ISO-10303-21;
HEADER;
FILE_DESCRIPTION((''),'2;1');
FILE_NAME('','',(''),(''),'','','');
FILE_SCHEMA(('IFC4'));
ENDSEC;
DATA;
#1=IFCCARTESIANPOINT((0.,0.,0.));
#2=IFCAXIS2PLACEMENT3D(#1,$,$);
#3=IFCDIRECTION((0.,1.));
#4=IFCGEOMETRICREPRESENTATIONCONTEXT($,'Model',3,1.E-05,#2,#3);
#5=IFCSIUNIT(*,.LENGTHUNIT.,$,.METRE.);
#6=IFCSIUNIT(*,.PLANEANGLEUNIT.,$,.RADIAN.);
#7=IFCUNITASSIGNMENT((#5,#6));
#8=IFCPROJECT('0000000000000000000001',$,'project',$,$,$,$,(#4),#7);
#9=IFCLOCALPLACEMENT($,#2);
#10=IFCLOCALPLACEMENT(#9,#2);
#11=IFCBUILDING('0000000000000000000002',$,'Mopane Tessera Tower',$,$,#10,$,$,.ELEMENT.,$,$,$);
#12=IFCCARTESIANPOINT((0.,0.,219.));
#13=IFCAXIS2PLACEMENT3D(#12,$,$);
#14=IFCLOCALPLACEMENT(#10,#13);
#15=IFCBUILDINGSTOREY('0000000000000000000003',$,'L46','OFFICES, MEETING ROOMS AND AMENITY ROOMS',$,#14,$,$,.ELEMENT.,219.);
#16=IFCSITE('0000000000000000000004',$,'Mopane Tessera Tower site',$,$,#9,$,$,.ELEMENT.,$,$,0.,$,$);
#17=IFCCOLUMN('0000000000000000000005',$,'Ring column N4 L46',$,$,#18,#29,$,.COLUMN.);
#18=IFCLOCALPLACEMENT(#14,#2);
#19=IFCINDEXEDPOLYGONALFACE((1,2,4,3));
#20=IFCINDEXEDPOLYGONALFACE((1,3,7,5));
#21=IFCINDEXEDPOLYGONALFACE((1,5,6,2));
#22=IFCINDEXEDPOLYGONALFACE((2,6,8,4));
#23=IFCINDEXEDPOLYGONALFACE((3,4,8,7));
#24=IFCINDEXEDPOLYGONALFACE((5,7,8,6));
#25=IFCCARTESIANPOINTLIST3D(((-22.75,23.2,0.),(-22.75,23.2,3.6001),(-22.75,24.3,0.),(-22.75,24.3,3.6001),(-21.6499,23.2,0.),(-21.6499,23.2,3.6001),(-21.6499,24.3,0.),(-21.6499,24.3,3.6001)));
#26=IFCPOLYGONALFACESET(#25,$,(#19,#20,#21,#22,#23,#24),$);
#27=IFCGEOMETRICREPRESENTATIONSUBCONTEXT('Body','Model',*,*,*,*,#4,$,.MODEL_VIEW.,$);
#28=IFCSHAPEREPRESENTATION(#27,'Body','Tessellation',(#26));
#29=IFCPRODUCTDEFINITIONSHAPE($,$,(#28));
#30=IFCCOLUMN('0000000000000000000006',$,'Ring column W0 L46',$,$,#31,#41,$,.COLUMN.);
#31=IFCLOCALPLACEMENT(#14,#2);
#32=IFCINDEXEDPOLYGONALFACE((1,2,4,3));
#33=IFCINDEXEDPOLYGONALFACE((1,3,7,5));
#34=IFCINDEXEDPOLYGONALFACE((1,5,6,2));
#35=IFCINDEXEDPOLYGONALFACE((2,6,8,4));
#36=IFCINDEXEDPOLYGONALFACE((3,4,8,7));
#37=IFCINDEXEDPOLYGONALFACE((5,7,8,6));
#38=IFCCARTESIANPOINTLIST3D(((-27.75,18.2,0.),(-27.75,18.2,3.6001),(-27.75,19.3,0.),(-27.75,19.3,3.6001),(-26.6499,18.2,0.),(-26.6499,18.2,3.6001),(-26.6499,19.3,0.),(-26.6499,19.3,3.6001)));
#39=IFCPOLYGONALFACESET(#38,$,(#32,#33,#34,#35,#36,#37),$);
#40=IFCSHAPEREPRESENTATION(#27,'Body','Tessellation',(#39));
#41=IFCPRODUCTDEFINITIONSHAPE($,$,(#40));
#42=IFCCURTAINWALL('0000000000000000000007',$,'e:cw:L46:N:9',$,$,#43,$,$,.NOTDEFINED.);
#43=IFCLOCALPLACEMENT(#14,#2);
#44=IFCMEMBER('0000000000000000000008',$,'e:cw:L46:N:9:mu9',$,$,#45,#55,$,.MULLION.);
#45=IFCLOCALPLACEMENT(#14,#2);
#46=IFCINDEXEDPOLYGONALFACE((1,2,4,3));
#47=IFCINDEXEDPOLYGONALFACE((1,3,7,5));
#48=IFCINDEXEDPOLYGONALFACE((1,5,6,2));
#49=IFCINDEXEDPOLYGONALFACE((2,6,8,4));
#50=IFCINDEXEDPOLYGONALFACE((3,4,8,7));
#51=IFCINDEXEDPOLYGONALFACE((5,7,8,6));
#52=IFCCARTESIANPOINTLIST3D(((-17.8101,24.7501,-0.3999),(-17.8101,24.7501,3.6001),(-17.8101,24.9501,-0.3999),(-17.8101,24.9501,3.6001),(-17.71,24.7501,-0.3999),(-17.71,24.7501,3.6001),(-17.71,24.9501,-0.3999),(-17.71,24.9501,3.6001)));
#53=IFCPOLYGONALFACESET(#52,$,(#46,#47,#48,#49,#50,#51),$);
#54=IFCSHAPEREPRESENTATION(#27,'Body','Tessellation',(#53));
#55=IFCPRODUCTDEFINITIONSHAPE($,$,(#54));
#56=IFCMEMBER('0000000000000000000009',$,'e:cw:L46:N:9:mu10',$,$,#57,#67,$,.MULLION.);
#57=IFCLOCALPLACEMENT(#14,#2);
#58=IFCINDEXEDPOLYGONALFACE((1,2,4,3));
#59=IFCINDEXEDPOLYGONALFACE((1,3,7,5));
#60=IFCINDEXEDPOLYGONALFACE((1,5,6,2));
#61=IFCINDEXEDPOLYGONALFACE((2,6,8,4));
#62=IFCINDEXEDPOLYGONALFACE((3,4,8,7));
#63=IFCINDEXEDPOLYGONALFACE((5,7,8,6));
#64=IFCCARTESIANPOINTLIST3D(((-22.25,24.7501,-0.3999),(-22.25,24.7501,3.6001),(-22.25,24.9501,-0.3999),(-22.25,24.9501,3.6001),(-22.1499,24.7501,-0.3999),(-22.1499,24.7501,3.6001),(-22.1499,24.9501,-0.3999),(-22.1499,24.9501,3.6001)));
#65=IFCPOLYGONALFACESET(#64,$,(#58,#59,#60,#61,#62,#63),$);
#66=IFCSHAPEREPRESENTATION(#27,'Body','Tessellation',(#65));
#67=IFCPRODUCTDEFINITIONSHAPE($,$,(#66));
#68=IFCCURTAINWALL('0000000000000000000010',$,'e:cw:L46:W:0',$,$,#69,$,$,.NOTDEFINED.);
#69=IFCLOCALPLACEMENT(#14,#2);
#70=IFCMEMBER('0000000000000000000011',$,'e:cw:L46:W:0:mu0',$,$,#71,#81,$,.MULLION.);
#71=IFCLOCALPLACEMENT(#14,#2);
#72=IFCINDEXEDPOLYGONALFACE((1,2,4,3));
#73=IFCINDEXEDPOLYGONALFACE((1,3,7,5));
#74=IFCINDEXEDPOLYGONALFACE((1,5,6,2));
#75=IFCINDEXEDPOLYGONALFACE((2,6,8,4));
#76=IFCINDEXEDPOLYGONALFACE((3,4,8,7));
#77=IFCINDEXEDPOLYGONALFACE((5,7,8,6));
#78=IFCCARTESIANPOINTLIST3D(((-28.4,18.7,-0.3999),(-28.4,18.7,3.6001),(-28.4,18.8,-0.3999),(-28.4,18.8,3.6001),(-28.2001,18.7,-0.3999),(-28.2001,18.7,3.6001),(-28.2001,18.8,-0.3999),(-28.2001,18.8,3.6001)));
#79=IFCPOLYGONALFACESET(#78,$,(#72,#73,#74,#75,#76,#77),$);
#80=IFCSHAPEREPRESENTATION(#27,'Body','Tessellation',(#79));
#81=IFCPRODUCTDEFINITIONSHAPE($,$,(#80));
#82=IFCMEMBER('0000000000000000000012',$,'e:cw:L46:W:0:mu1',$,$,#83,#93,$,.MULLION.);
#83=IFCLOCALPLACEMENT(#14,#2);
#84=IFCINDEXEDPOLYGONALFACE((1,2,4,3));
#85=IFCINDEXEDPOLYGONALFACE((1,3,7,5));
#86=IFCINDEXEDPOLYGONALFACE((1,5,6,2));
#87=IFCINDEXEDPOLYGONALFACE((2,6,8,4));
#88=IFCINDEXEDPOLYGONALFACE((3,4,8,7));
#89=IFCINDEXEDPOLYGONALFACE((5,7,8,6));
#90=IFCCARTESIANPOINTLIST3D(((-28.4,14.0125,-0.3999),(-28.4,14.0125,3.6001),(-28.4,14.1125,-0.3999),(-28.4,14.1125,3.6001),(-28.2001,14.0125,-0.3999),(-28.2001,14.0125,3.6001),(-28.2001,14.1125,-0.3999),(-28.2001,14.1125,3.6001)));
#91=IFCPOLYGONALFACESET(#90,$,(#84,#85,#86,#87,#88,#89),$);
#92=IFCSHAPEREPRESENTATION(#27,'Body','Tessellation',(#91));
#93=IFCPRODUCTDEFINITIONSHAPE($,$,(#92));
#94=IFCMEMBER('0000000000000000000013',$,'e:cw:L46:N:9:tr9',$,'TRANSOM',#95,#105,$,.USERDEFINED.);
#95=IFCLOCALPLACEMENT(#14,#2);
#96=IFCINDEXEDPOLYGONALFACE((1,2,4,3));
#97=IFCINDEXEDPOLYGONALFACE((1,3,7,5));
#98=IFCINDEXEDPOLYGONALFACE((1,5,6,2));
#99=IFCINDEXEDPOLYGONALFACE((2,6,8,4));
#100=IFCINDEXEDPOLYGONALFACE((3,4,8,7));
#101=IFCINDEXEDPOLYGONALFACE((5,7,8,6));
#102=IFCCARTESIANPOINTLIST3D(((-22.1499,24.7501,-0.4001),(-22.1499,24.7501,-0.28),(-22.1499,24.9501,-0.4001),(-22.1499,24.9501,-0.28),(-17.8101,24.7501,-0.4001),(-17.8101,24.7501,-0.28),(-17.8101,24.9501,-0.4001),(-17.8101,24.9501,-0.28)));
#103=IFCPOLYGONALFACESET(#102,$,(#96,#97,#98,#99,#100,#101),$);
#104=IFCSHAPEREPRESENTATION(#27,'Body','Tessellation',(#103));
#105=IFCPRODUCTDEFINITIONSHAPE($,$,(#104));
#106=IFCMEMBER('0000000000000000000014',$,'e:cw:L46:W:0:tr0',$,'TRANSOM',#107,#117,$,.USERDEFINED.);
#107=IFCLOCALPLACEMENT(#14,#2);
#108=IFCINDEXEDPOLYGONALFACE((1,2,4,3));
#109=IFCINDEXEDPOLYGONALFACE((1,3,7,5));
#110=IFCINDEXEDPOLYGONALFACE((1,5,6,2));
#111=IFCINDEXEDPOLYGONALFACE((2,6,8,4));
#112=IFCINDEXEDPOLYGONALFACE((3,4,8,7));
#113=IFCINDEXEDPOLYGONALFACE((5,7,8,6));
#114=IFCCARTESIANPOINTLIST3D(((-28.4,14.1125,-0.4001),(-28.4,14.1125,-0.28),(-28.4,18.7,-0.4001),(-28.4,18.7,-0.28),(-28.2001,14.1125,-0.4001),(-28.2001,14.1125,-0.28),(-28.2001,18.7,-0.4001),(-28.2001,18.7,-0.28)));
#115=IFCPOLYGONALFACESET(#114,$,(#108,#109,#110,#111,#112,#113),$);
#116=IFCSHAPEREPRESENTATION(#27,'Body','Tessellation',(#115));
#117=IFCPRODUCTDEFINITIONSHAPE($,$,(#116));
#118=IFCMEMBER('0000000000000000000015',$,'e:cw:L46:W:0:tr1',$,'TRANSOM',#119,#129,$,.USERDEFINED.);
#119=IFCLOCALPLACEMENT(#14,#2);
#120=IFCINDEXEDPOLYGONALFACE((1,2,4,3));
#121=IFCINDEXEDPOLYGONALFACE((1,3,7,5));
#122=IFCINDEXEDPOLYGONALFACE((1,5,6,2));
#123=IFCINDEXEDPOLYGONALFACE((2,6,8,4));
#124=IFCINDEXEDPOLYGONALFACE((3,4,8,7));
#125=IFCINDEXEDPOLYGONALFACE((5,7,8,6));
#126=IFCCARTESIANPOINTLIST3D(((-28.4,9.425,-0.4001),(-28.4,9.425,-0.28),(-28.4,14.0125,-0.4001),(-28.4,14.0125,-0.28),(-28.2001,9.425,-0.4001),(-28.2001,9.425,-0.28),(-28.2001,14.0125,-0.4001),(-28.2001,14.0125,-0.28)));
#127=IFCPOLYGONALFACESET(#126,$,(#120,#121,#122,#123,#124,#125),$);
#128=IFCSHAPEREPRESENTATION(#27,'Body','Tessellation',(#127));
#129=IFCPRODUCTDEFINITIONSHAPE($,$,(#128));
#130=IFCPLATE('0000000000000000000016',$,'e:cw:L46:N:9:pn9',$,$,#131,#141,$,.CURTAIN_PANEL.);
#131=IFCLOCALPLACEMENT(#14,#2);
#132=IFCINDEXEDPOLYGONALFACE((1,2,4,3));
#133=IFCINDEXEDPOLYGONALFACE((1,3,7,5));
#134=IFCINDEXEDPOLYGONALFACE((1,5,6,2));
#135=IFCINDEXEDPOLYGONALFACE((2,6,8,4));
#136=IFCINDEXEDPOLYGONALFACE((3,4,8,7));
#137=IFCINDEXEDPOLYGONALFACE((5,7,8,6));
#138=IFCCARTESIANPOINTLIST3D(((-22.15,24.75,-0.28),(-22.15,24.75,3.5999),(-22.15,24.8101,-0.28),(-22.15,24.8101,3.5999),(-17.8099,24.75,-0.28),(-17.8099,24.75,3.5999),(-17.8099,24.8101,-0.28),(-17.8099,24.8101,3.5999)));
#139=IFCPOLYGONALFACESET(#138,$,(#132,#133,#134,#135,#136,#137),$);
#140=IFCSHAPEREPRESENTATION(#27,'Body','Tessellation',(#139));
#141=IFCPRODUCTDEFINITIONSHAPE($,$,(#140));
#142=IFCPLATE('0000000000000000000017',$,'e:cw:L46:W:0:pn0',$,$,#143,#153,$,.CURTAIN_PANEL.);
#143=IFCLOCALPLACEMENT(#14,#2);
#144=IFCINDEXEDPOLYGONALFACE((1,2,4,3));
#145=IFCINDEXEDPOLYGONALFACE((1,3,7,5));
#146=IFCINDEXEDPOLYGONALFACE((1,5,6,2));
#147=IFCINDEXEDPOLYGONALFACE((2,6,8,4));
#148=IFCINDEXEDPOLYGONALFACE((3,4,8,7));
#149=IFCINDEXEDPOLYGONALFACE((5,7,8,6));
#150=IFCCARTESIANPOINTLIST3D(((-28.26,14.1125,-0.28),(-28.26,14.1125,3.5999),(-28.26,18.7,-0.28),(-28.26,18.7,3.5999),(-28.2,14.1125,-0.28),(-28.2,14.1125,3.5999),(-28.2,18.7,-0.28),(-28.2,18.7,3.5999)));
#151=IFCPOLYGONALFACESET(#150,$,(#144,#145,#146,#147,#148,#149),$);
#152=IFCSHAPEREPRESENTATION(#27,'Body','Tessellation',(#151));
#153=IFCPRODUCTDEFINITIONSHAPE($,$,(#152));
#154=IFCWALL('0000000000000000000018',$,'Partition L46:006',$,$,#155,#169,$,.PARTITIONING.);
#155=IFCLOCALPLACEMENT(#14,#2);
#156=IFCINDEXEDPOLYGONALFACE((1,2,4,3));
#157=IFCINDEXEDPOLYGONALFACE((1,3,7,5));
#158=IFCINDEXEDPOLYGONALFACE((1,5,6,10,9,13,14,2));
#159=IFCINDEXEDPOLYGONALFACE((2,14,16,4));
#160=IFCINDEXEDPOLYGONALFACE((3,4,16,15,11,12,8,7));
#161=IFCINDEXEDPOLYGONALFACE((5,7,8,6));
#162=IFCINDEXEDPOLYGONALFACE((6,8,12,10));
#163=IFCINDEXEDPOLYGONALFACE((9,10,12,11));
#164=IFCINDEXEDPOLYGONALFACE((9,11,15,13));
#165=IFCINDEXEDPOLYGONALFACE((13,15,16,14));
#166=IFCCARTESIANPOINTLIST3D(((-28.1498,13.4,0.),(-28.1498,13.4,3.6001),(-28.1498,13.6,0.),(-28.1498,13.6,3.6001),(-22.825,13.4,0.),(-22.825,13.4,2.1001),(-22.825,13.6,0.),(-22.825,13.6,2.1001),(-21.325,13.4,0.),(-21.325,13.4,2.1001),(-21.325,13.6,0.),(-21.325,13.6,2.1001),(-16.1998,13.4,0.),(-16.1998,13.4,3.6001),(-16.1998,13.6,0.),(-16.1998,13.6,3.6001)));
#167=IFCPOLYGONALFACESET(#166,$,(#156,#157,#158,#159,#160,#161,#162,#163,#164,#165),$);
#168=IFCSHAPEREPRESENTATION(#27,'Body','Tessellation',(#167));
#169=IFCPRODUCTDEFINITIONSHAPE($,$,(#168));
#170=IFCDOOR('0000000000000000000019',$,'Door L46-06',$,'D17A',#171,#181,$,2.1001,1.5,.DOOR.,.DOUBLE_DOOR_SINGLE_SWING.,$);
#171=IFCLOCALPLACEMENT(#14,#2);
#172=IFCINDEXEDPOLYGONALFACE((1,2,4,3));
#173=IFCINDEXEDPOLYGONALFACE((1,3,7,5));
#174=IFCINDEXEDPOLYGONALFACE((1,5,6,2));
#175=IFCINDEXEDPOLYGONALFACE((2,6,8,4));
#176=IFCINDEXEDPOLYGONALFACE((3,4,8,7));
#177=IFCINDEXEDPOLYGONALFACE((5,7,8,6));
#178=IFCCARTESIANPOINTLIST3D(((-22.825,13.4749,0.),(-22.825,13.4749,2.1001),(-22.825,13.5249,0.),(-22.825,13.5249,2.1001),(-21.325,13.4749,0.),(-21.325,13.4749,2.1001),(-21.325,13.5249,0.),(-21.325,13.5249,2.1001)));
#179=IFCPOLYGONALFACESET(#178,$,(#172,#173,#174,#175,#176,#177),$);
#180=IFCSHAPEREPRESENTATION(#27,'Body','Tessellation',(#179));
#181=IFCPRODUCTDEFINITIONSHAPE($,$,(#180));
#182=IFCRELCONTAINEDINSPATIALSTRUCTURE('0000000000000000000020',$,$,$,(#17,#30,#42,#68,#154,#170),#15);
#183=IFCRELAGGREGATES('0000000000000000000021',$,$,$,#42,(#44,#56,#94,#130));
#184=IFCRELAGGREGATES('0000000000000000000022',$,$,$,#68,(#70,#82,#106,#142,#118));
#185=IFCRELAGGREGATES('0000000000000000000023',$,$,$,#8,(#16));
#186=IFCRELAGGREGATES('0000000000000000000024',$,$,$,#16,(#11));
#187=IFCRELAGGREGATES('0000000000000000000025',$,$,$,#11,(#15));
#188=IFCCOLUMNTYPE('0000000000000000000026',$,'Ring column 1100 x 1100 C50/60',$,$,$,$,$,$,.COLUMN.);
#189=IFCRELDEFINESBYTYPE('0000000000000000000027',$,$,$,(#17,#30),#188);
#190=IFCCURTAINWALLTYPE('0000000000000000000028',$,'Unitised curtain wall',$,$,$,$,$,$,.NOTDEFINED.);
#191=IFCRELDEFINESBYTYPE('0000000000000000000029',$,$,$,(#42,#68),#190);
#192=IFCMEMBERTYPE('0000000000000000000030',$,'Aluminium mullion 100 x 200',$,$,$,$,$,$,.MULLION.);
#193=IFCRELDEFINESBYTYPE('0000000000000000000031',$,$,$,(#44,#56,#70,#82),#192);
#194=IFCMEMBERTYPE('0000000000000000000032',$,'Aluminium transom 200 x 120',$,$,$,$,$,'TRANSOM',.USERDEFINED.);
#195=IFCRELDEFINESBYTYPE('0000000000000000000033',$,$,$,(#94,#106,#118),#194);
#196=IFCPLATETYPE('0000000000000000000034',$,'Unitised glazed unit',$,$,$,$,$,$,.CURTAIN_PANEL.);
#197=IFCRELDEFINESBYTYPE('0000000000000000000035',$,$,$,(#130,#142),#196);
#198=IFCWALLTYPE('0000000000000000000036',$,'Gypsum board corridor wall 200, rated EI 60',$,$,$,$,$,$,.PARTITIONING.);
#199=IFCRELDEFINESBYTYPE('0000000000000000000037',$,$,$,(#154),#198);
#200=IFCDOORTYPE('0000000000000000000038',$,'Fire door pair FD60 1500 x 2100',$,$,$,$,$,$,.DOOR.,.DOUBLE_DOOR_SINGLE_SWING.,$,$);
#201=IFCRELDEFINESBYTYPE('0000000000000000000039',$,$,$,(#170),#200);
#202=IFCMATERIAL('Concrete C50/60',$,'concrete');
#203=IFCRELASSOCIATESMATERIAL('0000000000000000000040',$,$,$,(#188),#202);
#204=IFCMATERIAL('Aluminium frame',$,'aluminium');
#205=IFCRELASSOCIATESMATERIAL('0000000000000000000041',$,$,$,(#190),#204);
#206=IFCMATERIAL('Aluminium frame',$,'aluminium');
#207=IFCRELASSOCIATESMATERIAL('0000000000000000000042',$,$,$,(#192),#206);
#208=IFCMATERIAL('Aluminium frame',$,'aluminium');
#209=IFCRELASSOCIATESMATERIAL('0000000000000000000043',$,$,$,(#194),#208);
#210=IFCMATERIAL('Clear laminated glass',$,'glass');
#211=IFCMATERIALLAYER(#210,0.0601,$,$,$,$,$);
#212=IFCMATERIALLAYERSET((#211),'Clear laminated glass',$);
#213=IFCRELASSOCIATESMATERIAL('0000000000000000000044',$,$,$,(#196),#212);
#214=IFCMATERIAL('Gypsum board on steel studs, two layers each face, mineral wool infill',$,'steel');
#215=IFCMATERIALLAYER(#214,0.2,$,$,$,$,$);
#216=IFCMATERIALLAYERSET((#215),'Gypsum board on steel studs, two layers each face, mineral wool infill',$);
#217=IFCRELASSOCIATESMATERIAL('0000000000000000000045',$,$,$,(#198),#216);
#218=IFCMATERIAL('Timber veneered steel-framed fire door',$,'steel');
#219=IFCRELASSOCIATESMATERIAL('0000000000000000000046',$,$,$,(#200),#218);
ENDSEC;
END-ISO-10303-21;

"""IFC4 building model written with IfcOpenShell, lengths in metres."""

from ifc_helpers import new_model, si_unit, direction, frame, frame_2d, origin, origin_2d, place, context, subcontext, project, spatial, rectangle, extrude, material, layer, layer_set, material_profile, profile_set, type_object, element, fill, aggregate, save


model = new_model("IFC4")

# Units and contexts
model_context = context("Model", 3, precision=1e-05, world=origin(), true_north=direction((0.0, 1.0)))
body_context = subcontext(model_context, "Body", "Model", "MODEL_VIEW")
ifc_project = project(units=[si_unit("LENGTHUNIT", "METRE"), si_unit("PLANEANGLEUNIT", "RADIAN")], contexts=[model_context])

# Site, building, storey
site_placement = place(None, origin())
site = spatial("IfcSite", under=ifc_project, at=site_placement, Name="Mopane Tessera Tower site", CompositionType="ELEMENT", RefElevation=0.0)
building_placement = place(site_placement, origin())
building = spatial("IfcBuilding", under=site, at=building_placement, Name="Mopane Tessera Tower", CompositionType="ELEMENT")
storey_placement = place(building_placement, frame((0.0, 0.0, 219.0)))
storey = spatial("IfcBuildingStorey", under=building, at=storey_placement, Name="L46", Description="OFFICES, MEETING ROOMS AND AMENITY ROOMS", CompositionType="ELEMENT", Elevation=219.0)

# Columns
ifc_material_1 = material(Name="Concrete C50/60", Category="concrete")
ifc_material_profile_1 = material_profile(ifc_material_1, rectangle(XDim=1.1001, YDim=1.1001, at=origin_2d()))
ifc_profile_set_1 = profile_set([ifc_material_profile_1], Name="Concrete C50/60")
column_type = type_object("IfcColumnType", Name="Ring column 1100 x 1100 C50/60", PredefinedType="COLUMN", material=ifc_profile_set_1)
for number, where, z_axis, x_axis, name in (
    (1, (-22.2, 23.75, 0.0), (0.0, 0.0, 1.0), (1.0, 0.0, 0.0), "Ring column N4 L46"),
    (2, (-27.2, 18.75, 0.0), (0.0, 0.0, 1.0), (1.0, 0.0, 0.0), "Ring column W0 L46"),
):
    element("IfcColumn", number, at=place(storey_placement, frame(where, z_axis=z_axis, x_axis=x_axis)), inside=storey, type_object=column_type, Name=name, PredefinedType="COLUMN", context=body_context, shape_type="SweptSolid", body=[
        extrude(rectangle(XDim=1.1001, YDim=1.1001, at=origin_2d()), origin(), (0.0, 0.0, 1.0), 3.6001),
    ])

# Curtain walls, members
ifc_material_2 = material(Name="Aluminium frame", Category="aluminium")
curtain_wall_type = type_object("IfcCurtainWallType", Name="Unitised curtain wall", PredefinedType="NOTDEFINED", material=ifc_material_2)
curtain_wall_1_placement = place(storey_placement, origin())
curtain_wall_1 = element("IfcCurtainWall", 3, at=curtain_wall_1_placement, inside=storey, type_object=curtain_wall_type, Name="e:cw:L46:N:9", PredefinedType="NOTDEFINED")
ifc_material_3 = material(Name="Aluminium frame", Category="aluminium")
ifc_material_profile_2 = material_profile(ifc_material_3, rectangle(XDim=0.1001, YDim=0.2, at=origin_2d()))
ifc_profile_set_2 = profile_set([ifc_material_profile_2], Name="Aluminium frame")
member_type_1 = type_object("IfcMemberType", Name="Aluminium mullion 100 x 200", PredefinedType="MULLION", material=ifc_profile_set_2)
member_1_placement = place(storey_placement, frame((-17.76, 24.8501, -0.3999), z_axis=(0.0, 0.0, 1.0), x_axis=(-1.0, 0.0, 0.0)))
member_1 = element("IfcMember", 4, at=member_1_placement, type_object=member_type_1, Name="e:cw:L46:N:9:mu9", PredefinedType="MULLION", context=body_context, shape_type="SweptSolid", body=[
    extrude(rectangle(XDim=0.1001, YDim=0.2, at=origin_2d()), origin(), (0.0, 0.0, 1.0), 4.0),
])
member_2_placement = place(storey_placement, frame((-22.2, 24.8501, -0.3999), z_axis=(0.0, 0.0, 1.0), x_axis=(-1.0, 0.0, 0.0)))
member_2 = element("IfcMember", 5, at=member_2_placement, type_object=member_type_1, Name="e:cw:L46:N:9:mu10", PredefinedType="MULLION", context=body_context, shape_type="SweptSolid", body=[
    extrude(rectangle(XDim=0.1001, YDim=0.2, at=origin_2d()), origin(), (0.0, 0.0, 1.0), 4.0),
])
curtain_wall_2_placement = place(storey_placement, origin())
curtain_wall_2 = element("IfcCurtainWall", 6, at=curtain_wall_2_placement, inside=storey, type_object=curtain_wall_type, Name="e:cw:L46:W:0", PredefinedType="NOTDEFINED")
member_3_placement = place(storey_placement, frame((-28.3, 18.75, -0.3999), z_axis=(0.0, 0.0, 1.0), x_axis=(0.0, -1.0, 0.0)))
member_3 = element("IfcMember", 7, at=member_3_placement, type_object=member_type_1, Name="e:cw:L46:W:0:mu0", PredefinedType="MULLION", context=body_context, shape_type="SweptSolid", body=[
    extrude(rectangle(XDim=0.1001, YDim=0.2, at=origin_2d()), origin(), (0.0, 0.0, 1.0), 4.0),
])
member_4_placement = place(storey_placement, frame((-28.3, 14.0625, -0.3999), z_axis=(0.0, 0.0, 1.0), x_axis=(0.0, -1.0, 0.0)))
member_4 = element("IfcMember", 8, at=member_4_placement, type_object=member_type_1, Name="e:cw:L46:W:0:mu1", PredefinedType="MULLION", context=body_context, shape_type="SweptSolid", body=[
    extrude(rectangle(XDim=0.1001, YDim=0.2, at=origin_2d()), origin(), (0.0, 0.0, 1.0), 4.0),
])

# Members
ifc_material_4 = material(Name="Aluminium frame", Category="aluminium")
ifc_material_profile_3 = material_profile(ifc_material_4, rectangle(XDim=0.2, YDim=0.1201, at=origin_2d()))
ifc_profile_set_3 = profile_set([ifc_material_profile_3], Name="Aluminium frame")
member_type_2 = type_object("IfcMemberType", Name="Aluminium transom 200 x 120", ElementType="TRANSOM", PredefinedType="USERDEFINED", material=ifc_profile_set_3)
member_5_placement = place(storey_placement, frame((-17.8101, 24.8501, -0.3401), z_axis=(-1.0, 0.0, 0.0), x_axis=(0.0, -1.0, 0.0)))
member_5 = element("IfcMember", 9, at=member_5_placement, type_object=member_type_2, Name="e:cw:L46:N:9:tr9", ObjectType="TRANSOM", PredefinedType="USERDEFINED", context=body_context, shape_type="SweptSolid", body=[
    extrude(rectangle(XDim=0.2, YDim=0.1201, at=origin_2d()), origin(), (0.0, 0.0, 1.0), 4.3398),
])
member_6_placement = place(storey_placement, frame((-28.3, 18.7, -0.3401), z_axis=(0.0, -1.0, 0.0), x_axis=(1.0, 0.0, 0.0)))
member_6 = element("IfcMember", 10, at=member_6_placement, type_object=member_type_2, Name="e:cw:L46:W:0:tr0", ObjectType="TRANSOM", PredefinedType="USERDEFINED", context=body_context, shape_type="SweptSolid", body=[
    extrude(rectangle(XDim=0.2, YDim=0.1201, at=origin_2d()), origin(), (0.0, 0.0, 1.0), 4.5874),
])
member_7_placement = place(storey_placement, frame((-28.3, 14.0125, -0.3401), z_axis=(0.0, -1.0, 0.0), x_axis=(1.0, 0.0, 0.0)))
member_7 = element("IfcMember", 11, at=member_7_placement, type_object=member_type_2, Name="e:cw:L46:W:0:tr1", ObjectType="TRANSOM", PredefinedType="USERDEFINED", context=body_context, shape_type="SweptSolid", body=[
    extrude(rectangle(XDim=0.2, YDim=0.1201, at=origin_2d()), origin(), (0.0, 0.0, 1.0), 4.5874),
])

# Plates
ifc_material_5 = material(Name="Clear laminated glass", Category="glass")
ifc_layer_1 = layer(ifc_material_5, 0.0601)
ifc_layer_set_1 = layer_set([ifc_layer_1], Name="Clear laminated glass")
plate_type = type_object("IfcPlateType", Name="Unitised glazed unit", PredefinedType="CURTAIN_PANEL", material=ifc_layer_set_1)
plate_1_placement = place(storey_placement, frame((-19.98, 24.78, -0.28), z_axis=(0.0, 0.0, 1.0), x_axis=(-1.0, 0.0, 0.0)))
plate_1 = element("IfcPlate", 12, at=plate_1_placement, type_object=plate_type, Name="e:cw:L46:N:9:pn9", PredefinedType="CURTAIN_PANEL", context=body_context, shape_type="SweptSolid", body=[
    extrude(rectangle(XDim=4.3401, YDim=0.0601, at=origin_2d()), origin(), (0.0, 0.0, 1.0), 3.8799),
])
aggregate(curtain_wall_1, [member_1, member_2, member_5, plate_1])
plate_2_placement = place(storey_placement, frame((-28.23, 16.4062, -0.28), z_axis=(0.0, 0.0, 1.0), x_axis=(0.0, -1.0, 0.0)))
plate_2 = element("IfcPlate", 13, at=plate_2_placement, type_object=plate_type, Name="e:cw:L46:W:0:pn0", PredefinedType="CURTAIN_PANEL", context=body_context, shape_type="SweptSolid", body=[
    extrude(rectangle(XDim=4.5874, YDim=0.0601, at=origin_2d()), origin(), (0.0, 0.0, 1.0), 3.8799),
])
aggregate(curtain_wall_2, [member_3, member_4, member_6, plate_2, member_7])

# Wall, opening, door
ifc_material_6 = material(Name="Gypsum board on steel studs, two layers each face, mineral wool infill", Category="steel")
ifc_layer_2 = layer(ifc_material_6, 0.2)
ifc_layer_set_2 = layer_set([ifc_layer_2], Name="Gypsum board on steel studs, two layers each face, mineral wool infill")
wall_type_1 = type_object("IfcWallType", Name="Gypsum board corridor wall 200, rated EI 60", PredefinedType="PARTITIONING", material=ifc_layer_set_2)
wall_1_placement = place(storey_placement, frame((-28.1499, 13.5, 0.0), z_axis=(0.0, 0.0, 1.0), x_axis=(1.0, 0.0, 0.0)))
wall_1 = element("IfcWall", 14, at=wall_1_placement, inside=storey, type_object=wall_type_1, Name="Partition L46:006", PredefinedType="PARTITIONING", context=body_context, shape_type="SweptSolid", body=[
    extrude(rectangle(XDim=11.95, YDim=0.2, at=frame_2d((5.9751, 0.0))), origin(), (0.0, 0.0, 1.0), 3.6001),
])
opening_1_placement = place(wall_1_placement, frame((5.325, 0.0, 0.0)))
opening_1 = element("IfcOpeningElement", 15, at=opening_1_placement, cuts=wall_1, PredefinedType="OPENING", context=body_context, shape_type="SweptSolid", body=[
    extrude(rectangle(XDim=1.5, YDim=2.1001, at=frame_2d((0.75, 1.05))), frame((0.0, 0.1121, 0.0), z_axis=(0.0, -1.0, 0.0), x_axis=(1.0, 0.0, 0.0)), (0.0, 0.0, 1.0), 0.2239),
])
ifc_material_7 = material(Name="Timber veneered steel-framed fire door", Category="steel")
door_type_1 = type_object("IfcDoorType", Name="Fire door pair FD60 1500 x 2100", OperationType="DOUBLE_DOOR_SINGLE_SWING", PredefinedType="DOOR", material=ifc_material_7)
door_1_placement = place(opening_1_placement, origin())
door_1 = element("IfcDoor", 16, at=door_1_placement, inside=storey, type_object=door_type_1, Name="Door L46-06", ObjectType="D17A", OperationType="DOUBLE_DOOR_SINGLE_SWING", OverallHeight=2.1001, OverallWidth=1.5, PredefinedType="DOOR", context=body_context, shape_type="SweptSolid", body=[
    extrude(rectangle(XDim=1.5, YDim=2.1001, at=frame_2d((0.75, 1.05))), frame((0.0, 0.0249, 0.0), z_axis=(0.0, -1.0, 0.0), x_axis=(1.0, 0.0, 0.0)), (0.0, 0.0, 1.0), 0.05),
])
fill(opening_1, door_1)

save(model, "model.ifc")
